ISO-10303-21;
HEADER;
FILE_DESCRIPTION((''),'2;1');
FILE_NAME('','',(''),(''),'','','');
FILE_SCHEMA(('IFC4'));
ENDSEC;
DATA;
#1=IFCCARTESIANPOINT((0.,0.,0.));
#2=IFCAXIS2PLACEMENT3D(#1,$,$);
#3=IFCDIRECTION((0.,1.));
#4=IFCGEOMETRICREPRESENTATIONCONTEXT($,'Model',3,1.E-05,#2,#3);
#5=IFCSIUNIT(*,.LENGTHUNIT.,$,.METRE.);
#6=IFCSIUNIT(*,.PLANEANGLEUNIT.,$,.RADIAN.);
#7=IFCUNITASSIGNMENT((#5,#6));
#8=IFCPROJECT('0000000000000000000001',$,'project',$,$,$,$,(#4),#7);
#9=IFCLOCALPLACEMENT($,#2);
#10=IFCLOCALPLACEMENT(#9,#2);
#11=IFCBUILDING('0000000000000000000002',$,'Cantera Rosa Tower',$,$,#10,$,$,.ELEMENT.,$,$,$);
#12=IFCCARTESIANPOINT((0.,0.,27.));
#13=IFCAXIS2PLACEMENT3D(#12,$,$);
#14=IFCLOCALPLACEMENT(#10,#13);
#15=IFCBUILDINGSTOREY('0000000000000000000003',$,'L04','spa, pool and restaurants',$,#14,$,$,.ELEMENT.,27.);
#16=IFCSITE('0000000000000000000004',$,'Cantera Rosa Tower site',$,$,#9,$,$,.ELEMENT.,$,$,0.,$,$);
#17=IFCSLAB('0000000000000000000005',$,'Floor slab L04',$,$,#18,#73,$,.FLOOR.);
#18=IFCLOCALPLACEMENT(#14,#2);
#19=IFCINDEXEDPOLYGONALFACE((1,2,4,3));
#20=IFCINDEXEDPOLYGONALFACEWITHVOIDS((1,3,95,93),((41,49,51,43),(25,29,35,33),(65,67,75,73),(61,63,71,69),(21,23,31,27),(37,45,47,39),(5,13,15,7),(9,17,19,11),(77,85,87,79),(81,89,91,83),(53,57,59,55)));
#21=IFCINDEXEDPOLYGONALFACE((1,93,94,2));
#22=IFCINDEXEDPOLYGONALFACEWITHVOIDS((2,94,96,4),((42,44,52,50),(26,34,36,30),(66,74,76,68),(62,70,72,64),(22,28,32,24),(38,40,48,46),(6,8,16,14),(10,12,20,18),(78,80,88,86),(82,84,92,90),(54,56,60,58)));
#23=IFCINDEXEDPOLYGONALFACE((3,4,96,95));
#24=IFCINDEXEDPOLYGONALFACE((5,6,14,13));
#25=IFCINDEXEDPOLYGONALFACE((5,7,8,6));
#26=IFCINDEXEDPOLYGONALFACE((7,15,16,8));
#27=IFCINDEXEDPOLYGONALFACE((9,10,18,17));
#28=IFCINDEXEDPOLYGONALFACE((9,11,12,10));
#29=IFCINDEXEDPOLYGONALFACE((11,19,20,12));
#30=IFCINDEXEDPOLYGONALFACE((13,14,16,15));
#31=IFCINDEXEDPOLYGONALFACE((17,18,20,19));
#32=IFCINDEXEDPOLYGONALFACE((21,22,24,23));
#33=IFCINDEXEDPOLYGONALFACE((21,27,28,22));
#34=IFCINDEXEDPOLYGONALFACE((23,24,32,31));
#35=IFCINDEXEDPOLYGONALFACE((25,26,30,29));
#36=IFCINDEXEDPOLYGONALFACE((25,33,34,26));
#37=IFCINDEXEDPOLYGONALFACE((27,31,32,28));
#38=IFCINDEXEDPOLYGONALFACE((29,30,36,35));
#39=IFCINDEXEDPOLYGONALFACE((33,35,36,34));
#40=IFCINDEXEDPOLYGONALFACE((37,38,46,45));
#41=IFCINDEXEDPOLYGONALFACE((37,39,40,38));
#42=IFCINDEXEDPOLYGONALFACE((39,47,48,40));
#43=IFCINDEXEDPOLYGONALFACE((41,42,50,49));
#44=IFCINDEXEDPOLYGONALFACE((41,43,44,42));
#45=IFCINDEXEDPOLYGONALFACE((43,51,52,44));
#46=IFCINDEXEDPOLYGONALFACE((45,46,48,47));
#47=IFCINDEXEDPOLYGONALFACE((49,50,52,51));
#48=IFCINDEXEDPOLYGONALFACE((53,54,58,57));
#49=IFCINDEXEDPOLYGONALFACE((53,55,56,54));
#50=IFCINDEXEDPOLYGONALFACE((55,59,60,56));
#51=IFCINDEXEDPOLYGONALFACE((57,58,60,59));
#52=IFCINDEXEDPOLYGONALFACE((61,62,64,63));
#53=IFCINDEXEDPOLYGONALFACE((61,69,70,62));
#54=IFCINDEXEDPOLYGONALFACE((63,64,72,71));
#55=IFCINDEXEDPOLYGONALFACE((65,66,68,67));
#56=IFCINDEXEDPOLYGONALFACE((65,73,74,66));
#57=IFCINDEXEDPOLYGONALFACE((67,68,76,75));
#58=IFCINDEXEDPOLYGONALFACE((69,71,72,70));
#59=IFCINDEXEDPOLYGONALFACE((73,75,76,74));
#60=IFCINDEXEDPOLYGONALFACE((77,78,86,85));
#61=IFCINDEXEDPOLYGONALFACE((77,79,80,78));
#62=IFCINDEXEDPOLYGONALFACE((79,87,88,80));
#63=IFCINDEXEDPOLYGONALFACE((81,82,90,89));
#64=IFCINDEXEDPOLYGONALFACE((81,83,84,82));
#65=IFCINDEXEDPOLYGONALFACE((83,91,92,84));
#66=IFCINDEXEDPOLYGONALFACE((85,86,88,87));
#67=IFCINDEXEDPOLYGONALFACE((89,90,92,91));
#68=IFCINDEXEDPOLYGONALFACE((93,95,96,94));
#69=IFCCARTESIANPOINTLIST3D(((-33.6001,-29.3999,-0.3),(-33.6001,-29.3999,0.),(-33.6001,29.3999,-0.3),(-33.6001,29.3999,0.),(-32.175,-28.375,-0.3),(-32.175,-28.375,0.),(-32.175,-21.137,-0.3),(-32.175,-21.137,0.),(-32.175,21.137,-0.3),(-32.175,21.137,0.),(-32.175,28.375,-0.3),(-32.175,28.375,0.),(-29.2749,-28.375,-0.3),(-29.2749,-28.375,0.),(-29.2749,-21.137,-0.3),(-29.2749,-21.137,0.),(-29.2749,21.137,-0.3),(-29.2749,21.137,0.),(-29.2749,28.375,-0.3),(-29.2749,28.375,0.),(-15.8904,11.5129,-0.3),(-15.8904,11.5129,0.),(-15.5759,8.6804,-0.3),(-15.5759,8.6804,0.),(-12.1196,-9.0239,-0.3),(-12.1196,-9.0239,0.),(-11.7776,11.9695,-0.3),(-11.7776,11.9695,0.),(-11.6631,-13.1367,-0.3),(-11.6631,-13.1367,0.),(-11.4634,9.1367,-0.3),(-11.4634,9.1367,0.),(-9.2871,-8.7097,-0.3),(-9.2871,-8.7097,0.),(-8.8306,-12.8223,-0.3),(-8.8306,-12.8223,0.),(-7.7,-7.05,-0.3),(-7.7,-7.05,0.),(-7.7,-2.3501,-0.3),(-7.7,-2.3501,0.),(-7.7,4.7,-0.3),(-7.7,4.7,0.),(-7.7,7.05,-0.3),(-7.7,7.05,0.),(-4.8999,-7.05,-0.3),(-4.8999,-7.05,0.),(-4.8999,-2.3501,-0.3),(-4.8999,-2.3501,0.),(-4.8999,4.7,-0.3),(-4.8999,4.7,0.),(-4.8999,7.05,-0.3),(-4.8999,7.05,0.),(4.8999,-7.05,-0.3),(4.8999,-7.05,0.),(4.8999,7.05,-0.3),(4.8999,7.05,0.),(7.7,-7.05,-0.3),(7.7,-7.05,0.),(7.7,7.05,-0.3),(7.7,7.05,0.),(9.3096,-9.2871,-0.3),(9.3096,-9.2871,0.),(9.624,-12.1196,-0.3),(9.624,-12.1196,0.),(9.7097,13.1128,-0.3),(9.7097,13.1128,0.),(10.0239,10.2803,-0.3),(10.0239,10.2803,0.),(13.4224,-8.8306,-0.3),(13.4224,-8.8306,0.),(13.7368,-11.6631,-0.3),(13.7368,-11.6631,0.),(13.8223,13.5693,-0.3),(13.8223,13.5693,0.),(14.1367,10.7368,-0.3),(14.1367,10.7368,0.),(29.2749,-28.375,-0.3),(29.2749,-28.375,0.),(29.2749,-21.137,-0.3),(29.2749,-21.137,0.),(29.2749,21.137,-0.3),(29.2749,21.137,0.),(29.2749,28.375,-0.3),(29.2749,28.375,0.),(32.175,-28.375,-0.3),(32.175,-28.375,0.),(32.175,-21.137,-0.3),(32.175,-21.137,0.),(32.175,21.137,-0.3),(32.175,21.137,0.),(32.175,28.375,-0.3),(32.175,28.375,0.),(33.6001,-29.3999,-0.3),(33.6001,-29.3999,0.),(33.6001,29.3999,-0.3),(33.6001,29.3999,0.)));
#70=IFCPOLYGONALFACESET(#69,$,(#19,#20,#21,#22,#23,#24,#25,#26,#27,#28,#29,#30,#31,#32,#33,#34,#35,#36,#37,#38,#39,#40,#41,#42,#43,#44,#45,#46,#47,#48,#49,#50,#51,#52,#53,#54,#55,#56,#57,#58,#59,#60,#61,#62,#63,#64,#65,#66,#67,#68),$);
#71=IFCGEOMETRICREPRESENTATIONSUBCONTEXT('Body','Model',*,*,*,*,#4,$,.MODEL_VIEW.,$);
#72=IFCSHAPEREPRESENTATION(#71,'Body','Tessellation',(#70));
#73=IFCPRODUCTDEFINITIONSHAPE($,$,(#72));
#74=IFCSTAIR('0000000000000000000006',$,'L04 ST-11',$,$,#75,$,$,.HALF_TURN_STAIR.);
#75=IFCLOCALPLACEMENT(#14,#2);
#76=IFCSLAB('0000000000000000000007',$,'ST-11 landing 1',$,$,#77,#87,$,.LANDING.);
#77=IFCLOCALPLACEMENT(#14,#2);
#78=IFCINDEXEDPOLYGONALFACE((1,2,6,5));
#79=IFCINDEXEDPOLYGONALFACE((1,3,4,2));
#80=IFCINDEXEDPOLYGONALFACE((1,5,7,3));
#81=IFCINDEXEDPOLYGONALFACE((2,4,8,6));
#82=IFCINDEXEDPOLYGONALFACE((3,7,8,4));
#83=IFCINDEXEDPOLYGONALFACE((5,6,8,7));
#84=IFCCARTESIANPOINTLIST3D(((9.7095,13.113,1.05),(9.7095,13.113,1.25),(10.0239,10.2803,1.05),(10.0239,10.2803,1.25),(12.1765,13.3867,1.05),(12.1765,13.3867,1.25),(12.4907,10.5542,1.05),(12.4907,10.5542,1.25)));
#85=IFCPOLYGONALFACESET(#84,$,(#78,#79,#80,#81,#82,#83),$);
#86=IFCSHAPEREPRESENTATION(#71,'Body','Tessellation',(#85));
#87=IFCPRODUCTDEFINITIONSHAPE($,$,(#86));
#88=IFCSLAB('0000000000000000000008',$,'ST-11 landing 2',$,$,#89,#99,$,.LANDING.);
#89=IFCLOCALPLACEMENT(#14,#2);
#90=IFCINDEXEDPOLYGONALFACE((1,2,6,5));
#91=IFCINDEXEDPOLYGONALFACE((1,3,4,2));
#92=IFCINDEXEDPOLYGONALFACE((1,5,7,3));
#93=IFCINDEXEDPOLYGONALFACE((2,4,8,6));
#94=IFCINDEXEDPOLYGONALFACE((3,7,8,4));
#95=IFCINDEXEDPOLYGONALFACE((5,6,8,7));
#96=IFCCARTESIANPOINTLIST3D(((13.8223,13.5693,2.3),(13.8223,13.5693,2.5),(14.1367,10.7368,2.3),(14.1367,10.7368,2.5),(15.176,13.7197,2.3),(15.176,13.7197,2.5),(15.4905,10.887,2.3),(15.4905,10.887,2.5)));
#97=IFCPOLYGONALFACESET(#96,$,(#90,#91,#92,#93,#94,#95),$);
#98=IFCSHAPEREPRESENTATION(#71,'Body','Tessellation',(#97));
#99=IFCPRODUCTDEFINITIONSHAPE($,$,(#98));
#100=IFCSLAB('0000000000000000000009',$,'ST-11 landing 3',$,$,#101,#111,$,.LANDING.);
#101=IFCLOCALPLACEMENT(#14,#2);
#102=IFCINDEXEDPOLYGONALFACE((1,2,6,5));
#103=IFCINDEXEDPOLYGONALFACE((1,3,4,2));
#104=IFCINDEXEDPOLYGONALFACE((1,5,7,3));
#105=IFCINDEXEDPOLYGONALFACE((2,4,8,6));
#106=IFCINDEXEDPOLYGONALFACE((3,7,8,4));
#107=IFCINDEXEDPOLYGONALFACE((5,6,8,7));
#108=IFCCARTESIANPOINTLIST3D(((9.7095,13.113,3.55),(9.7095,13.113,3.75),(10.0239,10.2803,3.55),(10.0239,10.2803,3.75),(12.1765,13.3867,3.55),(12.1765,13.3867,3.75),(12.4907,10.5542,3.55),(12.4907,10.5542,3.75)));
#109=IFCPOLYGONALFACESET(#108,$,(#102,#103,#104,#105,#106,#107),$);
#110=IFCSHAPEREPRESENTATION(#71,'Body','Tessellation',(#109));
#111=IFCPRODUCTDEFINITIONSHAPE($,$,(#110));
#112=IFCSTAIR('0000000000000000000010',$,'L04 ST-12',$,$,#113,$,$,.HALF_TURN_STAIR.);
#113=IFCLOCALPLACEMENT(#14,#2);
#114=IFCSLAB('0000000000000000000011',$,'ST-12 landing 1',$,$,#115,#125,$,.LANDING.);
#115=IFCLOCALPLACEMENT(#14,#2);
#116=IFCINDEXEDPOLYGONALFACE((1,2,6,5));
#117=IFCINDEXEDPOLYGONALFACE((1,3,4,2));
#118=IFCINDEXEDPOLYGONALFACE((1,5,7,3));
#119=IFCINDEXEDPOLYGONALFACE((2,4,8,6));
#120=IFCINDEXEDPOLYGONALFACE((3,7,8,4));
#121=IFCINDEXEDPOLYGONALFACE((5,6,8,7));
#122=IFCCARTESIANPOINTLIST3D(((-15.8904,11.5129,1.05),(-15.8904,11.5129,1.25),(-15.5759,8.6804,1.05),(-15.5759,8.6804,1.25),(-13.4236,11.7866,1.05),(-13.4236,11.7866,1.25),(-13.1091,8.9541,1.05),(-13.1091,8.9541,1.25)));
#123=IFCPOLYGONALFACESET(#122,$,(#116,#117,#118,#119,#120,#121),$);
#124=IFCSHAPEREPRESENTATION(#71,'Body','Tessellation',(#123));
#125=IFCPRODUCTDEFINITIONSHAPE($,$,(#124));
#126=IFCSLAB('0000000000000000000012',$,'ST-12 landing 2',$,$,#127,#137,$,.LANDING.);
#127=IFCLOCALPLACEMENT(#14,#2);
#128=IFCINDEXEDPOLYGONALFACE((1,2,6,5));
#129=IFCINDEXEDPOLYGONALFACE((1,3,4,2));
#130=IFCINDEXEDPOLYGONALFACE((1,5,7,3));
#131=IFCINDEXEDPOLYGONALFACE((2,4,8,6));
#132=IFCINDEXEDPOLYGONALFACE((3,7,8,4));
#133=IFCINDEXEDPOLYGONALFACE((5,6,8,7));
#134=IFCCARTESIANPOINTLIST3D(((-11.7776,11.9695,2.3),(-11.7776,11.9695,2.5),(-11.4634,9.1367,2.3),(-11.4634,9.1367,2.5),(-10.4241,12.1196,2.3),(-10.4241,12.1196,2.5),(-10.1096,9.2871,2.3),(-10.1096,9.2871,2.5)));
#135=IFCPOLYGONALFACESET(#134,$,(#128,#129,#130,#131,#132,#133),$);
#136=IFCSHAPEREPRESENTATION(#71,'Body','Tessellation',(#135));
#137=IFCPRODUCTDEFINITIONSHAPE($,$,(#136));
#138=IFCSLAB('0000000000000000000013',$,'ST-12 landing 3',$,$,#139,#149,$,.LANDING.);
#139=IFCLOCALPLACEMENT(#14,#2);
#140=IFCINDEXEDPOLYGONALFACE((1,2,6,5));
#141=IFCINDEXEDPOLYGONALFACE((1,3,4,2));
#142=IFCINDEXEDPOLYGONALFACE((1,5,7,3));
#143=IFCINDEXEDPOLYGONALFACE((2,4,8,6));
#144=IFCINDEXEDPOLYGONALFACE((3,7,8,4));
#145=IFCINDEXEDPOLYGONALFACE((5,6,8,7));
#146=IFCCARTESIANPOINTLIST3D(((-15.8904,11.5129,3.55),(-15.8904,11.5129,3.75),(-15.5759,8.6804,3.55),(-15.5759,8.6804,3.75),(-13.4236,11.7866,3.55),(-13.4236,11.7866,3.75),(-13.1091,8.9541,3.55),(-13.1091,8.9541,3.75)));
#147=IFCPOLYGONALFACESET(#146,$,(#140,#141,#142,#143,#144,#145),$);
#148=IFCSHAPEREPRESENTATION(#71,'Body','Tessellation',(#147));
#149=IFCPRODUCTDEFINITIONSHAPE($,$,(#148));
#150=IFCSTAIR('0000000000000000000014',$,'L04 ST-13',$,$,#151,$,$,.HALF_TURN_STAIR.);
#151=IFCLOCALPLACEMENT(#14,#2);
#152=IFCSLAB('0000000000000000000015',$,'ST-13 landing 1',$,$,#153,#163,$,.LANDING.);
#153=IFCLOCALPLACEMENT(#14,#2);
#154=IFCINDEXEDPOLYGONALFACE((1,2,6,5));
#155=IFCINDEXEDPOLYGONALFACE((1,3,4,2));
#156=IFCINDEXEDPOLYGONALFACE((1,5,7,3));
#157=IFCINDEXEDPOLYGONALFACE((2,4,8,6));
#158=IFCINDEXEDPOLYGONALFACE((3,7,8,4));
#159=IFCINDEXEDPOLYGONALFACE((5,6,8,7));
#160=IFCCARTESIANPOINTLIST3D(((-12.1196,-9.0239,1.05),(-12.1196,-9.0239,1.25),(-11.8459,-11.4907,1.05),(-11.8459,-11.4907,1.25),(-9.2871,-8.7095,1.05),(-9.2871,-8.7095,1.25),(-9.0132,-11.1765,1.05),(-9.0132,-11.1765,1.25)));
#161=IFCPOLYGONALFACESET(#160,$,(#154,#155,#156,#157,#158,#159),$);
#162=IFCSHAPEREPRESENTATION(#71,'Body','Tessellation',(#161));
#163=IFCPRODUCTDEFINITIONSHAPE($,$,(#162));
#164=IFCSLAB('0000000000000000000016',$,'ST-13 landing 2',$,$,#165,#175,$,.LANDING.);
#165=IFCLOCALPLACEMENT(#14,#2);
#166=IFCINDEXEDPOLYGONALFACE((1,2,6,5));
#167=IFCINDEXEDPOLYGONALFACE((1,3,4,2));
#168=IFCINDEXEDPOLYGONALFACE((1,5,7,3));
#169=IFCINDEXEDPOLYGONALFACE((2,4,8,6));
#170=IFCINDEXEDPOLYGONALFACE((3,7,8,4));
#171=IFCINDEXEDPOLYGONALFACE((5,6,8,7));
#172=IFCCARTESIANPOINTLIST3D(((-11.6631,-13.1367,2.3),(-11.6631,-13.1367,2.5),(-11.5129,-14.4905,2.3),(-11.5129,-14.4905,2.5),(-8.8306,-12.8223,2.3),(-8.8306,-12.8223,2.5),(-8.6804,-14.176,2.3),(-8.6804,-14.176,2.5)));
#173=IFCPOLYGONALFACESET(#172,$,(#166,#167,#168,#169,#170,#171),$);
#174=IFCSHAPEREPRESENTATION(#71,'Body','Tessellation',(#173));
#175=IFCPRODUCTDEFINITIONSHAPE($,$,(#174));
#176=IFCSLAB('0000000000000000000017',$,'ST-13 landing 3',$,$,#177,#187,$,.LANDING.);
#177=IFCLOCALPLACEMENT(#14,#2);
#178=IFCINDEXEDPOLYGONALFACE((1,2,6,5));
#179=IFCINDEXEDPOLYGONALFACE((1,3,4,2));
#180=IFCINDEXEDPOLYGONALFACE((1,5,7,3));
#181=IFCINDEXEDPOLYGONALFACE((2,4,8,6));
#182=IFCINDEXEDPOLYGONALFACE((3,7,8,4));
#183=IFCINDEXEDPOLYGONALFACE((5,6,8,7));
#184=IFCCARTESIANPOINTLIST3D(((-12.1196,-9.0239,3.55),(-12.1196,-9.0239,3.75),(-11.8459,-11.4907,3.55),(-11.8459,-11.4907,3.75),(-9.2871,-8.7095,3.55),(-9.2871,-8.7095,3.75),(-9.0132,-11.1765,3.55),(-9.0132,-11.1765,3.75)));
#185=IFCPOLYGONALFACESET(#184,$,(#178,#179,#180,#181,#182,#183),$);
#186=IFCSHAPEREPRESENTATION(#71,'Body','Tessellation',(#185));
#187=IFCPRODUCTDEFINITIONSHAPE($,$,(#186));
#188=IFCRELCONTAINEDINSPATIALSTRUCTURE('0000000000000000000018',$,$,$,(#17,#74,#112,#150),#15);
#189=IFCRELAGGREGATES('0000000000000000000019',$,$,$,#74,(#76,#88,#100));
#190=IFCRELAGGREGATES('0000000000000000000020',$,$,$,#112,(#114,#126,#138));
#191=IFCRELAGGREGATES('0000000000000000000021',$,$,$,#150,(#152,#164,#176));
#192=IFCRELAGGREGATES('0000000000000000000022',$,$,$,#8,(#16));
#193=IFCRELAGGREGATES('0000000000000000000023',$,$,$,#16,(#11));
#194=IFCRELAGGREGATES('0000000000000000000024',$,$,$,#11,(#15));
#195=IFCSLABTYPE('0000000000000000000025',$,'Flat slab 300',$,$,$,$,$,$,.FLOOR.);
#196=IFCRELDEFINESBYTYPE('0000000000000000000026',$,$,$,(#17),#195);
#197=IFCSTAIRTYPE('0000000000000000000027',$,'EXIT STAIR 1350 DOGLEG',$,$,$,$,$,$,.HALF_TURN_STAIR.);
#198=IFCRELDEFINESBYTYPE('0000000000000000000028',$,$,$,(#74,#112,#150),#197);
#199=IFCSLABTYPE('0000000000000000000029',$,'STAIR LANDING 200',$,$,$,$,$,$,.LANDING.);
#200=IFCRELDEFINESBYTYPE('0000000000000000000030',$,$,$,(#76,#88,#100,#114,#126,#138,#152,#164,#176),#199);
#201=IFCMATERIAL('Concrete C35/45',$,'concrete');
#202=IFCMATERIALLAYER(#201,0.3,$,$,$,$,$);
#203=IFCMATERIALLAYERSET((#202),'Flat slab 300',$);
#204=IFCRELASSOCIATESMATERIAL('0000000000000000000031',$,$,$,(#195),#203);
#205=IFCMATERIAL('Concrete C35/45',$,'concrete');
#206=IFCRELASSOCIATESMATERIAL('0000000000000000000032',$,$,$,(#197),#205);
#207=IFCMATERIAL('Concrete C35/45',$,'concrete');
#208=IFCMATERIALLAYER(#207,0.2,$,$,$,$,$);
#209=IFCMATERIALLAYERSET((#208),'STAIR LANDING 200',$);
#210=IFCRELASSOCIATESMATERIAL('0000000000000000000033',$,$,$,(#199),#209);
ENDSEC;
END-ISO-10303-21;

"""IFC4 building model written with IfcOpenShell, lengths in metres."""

from ifc_helpers import new_model, si_unit, direction, frame, origin, place, context, subcontext, project, spatial, polyline, outline, extrude, material, layer, layer_set, type_object, element, aggregate, save


model = new_model("IFC4")

# Units and contexts
model_context = context("Model", 3, precision=1e-05, world=origin(), true_north=direction((0.0, 1.0)))
body_context = subcontext(model_context, "Body", "Model", "MODEL_VIEW")
ifc_project = project(units=[si_unit("LENGTHUNIT", "METRE"), si_unit("PLANEANGLEUNIT", "RADIAN")], contexts=[model_context])

# Site, building, storey
site_placement = place(None, origin())
site = spatial("IfcSite", under=ifc_project, at=site_placement, Name="Cantera Rosa Tower site", CompositionType="ELEMENT", RefElevation=0.0)
building_placement = place(site_placement, origin())
building = spatial("IfcBuilding", under=site, at=building_placement, Name="Cantera Rosa Tower", CompositionType="ELEMENT")
storey_placement = place(building_placement, frame((0.0, 0.0, 27.0)))
storey = spatial("IfcBuildingStorey", under=building, at=storey_placement, Name="L04", Description="spa, pool and restaurants", CompositionType="ELEMENT", Elevation=27.0)

# Slab
ifc_material_1 = material(Name="Concrete C35/45", Category="concrete")
ifc_layer_1 = layer(ifc_material_1, 0.3)
ifc_layer_set_1 = layer_set([ifc_layer_1], Name="Flat slab 300")
slab_type_1 = type_object("IfcSlabType", Name="Flat slab 300", PredefinedType="FLOOR", material=ifc_layer_set_1)
slab_1_placement = place(storey_placement, frame((0.0, 0.0, -0.3)))
element("IfcSlab", 1, at=slab_1_placement, inside=storey, type_object=slab_type_1, Name="Floor slab L04", PredefinedType="FLOOR", context=body_context, shape_type="SweptSolid", body=[
    extrude(outline(polyline([(-33.6001, -29.3999), (33.6001, -29.3999), (33.6001, 29.3999), (-33.6001, 29.3999), (-33.6001, -29.3999)]), holes=[polyline([(29.2749, -28.375), (32.175, -28.375), (32.175, -21.137), (29.2749, -21.137), (29.2749, -28.375)]), polyline([(32.175, 21.137), (32.175, 28.375), (29.2749, 28.375), (29.2749, 21.137), (32.175, 21.137)]), polyline([(13.8223, 13.5693), (9.7097, 13.1128), (10.0239, 10.2803), (14.1367, 10.7368), (13.8223, 13.5693)]), polyline([(9.3096, -9.2871), (9.624, -12.1196), (13.7368, -11.6631), (13.4224, -8.8306), (9.3096, -9.2871)]), polyline([(4.8999, -7.05), (7.7, -7.05), (7.7, 7.05), (4.8999, 7.05), (4.8999, -7.05)]), polyline([(-7.7, -7.05), (-4.8999, -7.05), (-4.8999, -2.3501), (-7.7, -2.3501), (-7.7, -7.05)]), polyline([(-4.8999, 7.05), (-7.7, 7.05), (-7.7, 4.7), (-4.8999, 4.7), (-4.8999, 7.05)]), polyline([(-9.2871, -8.7097), (-12.1196, -9.0239), (-11.6631, -13.1367), (-8.8306, -12.8223), (-9.2871, -8.7097)]), polyline([(-15.8904, 11.5129), (-15.5759, 8.6804), (-11.4634, 9.1367), (-11.7776, 11.9695), (-15.8904, 11.5129)]), polyline([(-32.175, -28.375), (-29.2749, -28.375), (-29.2749, -21.137), (-32.175, -21.137), (-32.175, -28.375)]), polyline([(-29.2749, 28.375), (-32.175, 28.375), (-32.175, 21.137), (-29.2749, 21.137), (-29.2749, 28.375)])]), origin(), (0.0, 0.0, 1.0), 0.3),
])

# Stairs, slabs
ifc_material_2 = material(Name="Concrete C35/45", Category="concrete")
stair_type = type_object("IfcStairType", Name="EXIT STAIR 1350 DOGLEG", PredefinedType="HALF_TURN_STAIR", material=ifc_material_2)
stair_1_placement = place(storey_placement, origin())
stair_1 = element("IfcStair", 2, at=stair_1_placement, inside=storey, type_object=stair_type, Name="L04 ST-11", PredefinedType="HALF_TURN_STAIR")
ifc_material_3 = material(Name="Concrete C35/45", Category="concrete")
ifc_layer_2 = layer(ifc_material_3, 0.2)
ifc_layer_set_2 = layer_set([ifc_layer_2], Name="STAIR LANDING 200")
slab_type_2 = type_object("IfcSlabType", Name="STAIR LANDING 200", PredefinedType="LANDING", material=ifc_layer_set_2)
slab_2_placement = place(storey_placement, frame((0.0, 0.0, 1.05)))
slab_2 = element("IfcSlab", 3, at=slab_2_placement, type_object=slab_type_2, Name="ST-11 landing 1", PredefinedType="LANDING", context=body_context, shape_type="SweptSolid", body=[
    extrude(outline(polyline([(12.1765, 13.3867), (9.7095, 13.113), (10.0239, 10.2803), (12.4907, 10.5542), (12.1765, 13.3867)])), origin(), (0.0, 0.0, 1.0), 0.2),
])
slab_3_placement = place(storey_placement, frame((0.0, 0.0, 2.3)))
slab_3 = element("IfcSlab", 4, at=slab_3_placement, type_object=slab_type_2, Name="ST-11 landing 2", PredefinedType="LANDING", context=body_context, shape_type="SweptSolid", body=[
    extrude(outline(polyline([(15.176, 13.7197), (13.8223, 13.5693), (14.1367, 10.7368), (15.4905, 10.887), (15.176, 13.7197)])), origin(), (0.0, 0.0, 1.0), 0.2),
])
slab_4_placement = place(storey_placement, frame((0.0, 0.0, 3.55)))
slab_4 = element("IfcSlab", 5, at=slab_4_placement, type_object=slab_type_2, Name="ST-11 landing 3", PredefinedType="LANDING", context=body_context, shape_type="SweptSolid", body=[
    extrude(outline(polyline([(12.1765, 13.3867), (9.7095, 13.113), (10.0239, 10.2803), (12.4907, 10.5542), (12.1765, 13.3867)])), origin(), (0.0, 0.0, 1.0), 0.2),
])
aggregate(stair_1, [slab_2, slab_3, slab_4])
stair_2_placement = place(storey_placement, origin())
stair_2 = element("IfcStair", 6, at=stair_2_placement, inside=storey, type_object=stair_type, Name="L04 ST-12", PredefinedType="HALF_TURN_STAIR")
slab_5_placement = place(storey_placement, frame((0.0, 0.0, 1.05)))
slab_5 = element("IfcSlab", 7, at=slab_5_placement, type_object=slab_type_2, Name="ST-12 landing 1", PredefinedType="LANDING", context=body_context, shape_type="SweptSolid", body=[
    extrude(outline(polyline([(-13.4236, 11.7866), (-15.8904, 11.5129), (-15.5759, 8.6804), (-13.1091, 8.9541), (-13.4236, 11.7866)])), origin(), (0.0, 0.0, 1.0), 0.2),
])
slab_6_placement = place(storey_placement, frame((0.0, 0.0, 2.3)))
slab_6 = element("IfcSlab", 8, at=slab_6_placement, type_object=slab_type_2, Name="ST-12 landing 2", PredefinedType="LANDING", context=body_context, shape_type="SweptSolid", body=[
    extrude(outline(polyline([(-10.4241, 12.1196), (-11.7776, 11.9695), (-11.4634, 9.1367), (-10.1096, 9.2871), (-10.4241, 12.1196)])), origin(), (0.0, 0.0, 1.0), 0.2),
])
slab_7_placement = place(storey_placement, frame((0.0, 0.0, 3.55)))
slab_7 = element("IfcSlab", 9, at=slab_7_placement, type_object=slab_type_2, Name="ST-12 landing 3", PredefinedType="LANDING", context=body_context, shape_type="SweptSolid", body=[
    extrude(outline(polyline([(-13.4236, 11.7866), (-15.8904, 11.5129), (-15.5759, 8.6804), (-13.1091, 8.9541), (-13.4236, 11.7866)])), origin(), (0.0, 0.0, 1.0), 0.2),
])
aggregate(stair_2, [slab_5, slab_6, slab_7])
stair_3_placement = place(storey_placement, origin())
stair_3 = element("IfcStair", 10, at=stair_3_placement, inside=storey, type_object=stair_type, Name="L04 ST-13", PredefinedType="HALF_TURN_STAIR")
slab_8_placement = place(storey_placement, frame((0.0, 0.0, 1.05)))
slab_8 = element("IfcSlab", 11, at=slab_8_placement, type_object=slab_type_2, Name="ST-13 landing 1", PredefinedType="LANDING", context=body_context, shape_type="SweptSolid", body=[
    extrude(outline(polyline([(-9.0132, -11.1765), (-9.2871, -8.7095), (-12.1196, -9.0239), (-11.8459, -11.4907), (-9.0132, -11.1765)])), origin(), (0.0, 0.0, 1.0), 0.2),
])
slab_9_placement = place(storey_placement, frame((0.0, 0.0, 2.3)))
slab_9 = element("IfcSlab", 12, at=slab_9_placement, type_object=slab_type_2, Name="ST-13 landing 2", PredefinedType="LANDING", context=body_context, shape_type="SweptSolid", body=[
    extrude(outline(polyline([(-8.6804, -14.176), (-8.8306, -12.8223), (-11.6631, -13.1367), (-11.5129, -14.4905), (-8.6804, -14.176)])), origin(), (0.0, 0.0, 1.0), 0.2),
])
slab_10_placement = place(storey_placement, frame((0.0, 0.0, 3.55)))
slab_10 = element("IfcSlab", 13, at=slab_10_placement, type_object=slab_type_2, Name="ST-13 landing 3", PredefinedType="LANDING", context=body_context, shape_type="SweptSolid", body=[
    extrude(outline(polyline([(-9.0132, -11.1765), (-9.2871, -8.7095), (-12.1196, -9.0239), (-11.8459, -11.4907), (-9.0132, -11.1765)])), origin(), (0.0, 0.0, 1.0), 0.2),
])
aggregate(stair_3, [slab_8, slab_9, slab_10])

save(model, "model.ifc")
